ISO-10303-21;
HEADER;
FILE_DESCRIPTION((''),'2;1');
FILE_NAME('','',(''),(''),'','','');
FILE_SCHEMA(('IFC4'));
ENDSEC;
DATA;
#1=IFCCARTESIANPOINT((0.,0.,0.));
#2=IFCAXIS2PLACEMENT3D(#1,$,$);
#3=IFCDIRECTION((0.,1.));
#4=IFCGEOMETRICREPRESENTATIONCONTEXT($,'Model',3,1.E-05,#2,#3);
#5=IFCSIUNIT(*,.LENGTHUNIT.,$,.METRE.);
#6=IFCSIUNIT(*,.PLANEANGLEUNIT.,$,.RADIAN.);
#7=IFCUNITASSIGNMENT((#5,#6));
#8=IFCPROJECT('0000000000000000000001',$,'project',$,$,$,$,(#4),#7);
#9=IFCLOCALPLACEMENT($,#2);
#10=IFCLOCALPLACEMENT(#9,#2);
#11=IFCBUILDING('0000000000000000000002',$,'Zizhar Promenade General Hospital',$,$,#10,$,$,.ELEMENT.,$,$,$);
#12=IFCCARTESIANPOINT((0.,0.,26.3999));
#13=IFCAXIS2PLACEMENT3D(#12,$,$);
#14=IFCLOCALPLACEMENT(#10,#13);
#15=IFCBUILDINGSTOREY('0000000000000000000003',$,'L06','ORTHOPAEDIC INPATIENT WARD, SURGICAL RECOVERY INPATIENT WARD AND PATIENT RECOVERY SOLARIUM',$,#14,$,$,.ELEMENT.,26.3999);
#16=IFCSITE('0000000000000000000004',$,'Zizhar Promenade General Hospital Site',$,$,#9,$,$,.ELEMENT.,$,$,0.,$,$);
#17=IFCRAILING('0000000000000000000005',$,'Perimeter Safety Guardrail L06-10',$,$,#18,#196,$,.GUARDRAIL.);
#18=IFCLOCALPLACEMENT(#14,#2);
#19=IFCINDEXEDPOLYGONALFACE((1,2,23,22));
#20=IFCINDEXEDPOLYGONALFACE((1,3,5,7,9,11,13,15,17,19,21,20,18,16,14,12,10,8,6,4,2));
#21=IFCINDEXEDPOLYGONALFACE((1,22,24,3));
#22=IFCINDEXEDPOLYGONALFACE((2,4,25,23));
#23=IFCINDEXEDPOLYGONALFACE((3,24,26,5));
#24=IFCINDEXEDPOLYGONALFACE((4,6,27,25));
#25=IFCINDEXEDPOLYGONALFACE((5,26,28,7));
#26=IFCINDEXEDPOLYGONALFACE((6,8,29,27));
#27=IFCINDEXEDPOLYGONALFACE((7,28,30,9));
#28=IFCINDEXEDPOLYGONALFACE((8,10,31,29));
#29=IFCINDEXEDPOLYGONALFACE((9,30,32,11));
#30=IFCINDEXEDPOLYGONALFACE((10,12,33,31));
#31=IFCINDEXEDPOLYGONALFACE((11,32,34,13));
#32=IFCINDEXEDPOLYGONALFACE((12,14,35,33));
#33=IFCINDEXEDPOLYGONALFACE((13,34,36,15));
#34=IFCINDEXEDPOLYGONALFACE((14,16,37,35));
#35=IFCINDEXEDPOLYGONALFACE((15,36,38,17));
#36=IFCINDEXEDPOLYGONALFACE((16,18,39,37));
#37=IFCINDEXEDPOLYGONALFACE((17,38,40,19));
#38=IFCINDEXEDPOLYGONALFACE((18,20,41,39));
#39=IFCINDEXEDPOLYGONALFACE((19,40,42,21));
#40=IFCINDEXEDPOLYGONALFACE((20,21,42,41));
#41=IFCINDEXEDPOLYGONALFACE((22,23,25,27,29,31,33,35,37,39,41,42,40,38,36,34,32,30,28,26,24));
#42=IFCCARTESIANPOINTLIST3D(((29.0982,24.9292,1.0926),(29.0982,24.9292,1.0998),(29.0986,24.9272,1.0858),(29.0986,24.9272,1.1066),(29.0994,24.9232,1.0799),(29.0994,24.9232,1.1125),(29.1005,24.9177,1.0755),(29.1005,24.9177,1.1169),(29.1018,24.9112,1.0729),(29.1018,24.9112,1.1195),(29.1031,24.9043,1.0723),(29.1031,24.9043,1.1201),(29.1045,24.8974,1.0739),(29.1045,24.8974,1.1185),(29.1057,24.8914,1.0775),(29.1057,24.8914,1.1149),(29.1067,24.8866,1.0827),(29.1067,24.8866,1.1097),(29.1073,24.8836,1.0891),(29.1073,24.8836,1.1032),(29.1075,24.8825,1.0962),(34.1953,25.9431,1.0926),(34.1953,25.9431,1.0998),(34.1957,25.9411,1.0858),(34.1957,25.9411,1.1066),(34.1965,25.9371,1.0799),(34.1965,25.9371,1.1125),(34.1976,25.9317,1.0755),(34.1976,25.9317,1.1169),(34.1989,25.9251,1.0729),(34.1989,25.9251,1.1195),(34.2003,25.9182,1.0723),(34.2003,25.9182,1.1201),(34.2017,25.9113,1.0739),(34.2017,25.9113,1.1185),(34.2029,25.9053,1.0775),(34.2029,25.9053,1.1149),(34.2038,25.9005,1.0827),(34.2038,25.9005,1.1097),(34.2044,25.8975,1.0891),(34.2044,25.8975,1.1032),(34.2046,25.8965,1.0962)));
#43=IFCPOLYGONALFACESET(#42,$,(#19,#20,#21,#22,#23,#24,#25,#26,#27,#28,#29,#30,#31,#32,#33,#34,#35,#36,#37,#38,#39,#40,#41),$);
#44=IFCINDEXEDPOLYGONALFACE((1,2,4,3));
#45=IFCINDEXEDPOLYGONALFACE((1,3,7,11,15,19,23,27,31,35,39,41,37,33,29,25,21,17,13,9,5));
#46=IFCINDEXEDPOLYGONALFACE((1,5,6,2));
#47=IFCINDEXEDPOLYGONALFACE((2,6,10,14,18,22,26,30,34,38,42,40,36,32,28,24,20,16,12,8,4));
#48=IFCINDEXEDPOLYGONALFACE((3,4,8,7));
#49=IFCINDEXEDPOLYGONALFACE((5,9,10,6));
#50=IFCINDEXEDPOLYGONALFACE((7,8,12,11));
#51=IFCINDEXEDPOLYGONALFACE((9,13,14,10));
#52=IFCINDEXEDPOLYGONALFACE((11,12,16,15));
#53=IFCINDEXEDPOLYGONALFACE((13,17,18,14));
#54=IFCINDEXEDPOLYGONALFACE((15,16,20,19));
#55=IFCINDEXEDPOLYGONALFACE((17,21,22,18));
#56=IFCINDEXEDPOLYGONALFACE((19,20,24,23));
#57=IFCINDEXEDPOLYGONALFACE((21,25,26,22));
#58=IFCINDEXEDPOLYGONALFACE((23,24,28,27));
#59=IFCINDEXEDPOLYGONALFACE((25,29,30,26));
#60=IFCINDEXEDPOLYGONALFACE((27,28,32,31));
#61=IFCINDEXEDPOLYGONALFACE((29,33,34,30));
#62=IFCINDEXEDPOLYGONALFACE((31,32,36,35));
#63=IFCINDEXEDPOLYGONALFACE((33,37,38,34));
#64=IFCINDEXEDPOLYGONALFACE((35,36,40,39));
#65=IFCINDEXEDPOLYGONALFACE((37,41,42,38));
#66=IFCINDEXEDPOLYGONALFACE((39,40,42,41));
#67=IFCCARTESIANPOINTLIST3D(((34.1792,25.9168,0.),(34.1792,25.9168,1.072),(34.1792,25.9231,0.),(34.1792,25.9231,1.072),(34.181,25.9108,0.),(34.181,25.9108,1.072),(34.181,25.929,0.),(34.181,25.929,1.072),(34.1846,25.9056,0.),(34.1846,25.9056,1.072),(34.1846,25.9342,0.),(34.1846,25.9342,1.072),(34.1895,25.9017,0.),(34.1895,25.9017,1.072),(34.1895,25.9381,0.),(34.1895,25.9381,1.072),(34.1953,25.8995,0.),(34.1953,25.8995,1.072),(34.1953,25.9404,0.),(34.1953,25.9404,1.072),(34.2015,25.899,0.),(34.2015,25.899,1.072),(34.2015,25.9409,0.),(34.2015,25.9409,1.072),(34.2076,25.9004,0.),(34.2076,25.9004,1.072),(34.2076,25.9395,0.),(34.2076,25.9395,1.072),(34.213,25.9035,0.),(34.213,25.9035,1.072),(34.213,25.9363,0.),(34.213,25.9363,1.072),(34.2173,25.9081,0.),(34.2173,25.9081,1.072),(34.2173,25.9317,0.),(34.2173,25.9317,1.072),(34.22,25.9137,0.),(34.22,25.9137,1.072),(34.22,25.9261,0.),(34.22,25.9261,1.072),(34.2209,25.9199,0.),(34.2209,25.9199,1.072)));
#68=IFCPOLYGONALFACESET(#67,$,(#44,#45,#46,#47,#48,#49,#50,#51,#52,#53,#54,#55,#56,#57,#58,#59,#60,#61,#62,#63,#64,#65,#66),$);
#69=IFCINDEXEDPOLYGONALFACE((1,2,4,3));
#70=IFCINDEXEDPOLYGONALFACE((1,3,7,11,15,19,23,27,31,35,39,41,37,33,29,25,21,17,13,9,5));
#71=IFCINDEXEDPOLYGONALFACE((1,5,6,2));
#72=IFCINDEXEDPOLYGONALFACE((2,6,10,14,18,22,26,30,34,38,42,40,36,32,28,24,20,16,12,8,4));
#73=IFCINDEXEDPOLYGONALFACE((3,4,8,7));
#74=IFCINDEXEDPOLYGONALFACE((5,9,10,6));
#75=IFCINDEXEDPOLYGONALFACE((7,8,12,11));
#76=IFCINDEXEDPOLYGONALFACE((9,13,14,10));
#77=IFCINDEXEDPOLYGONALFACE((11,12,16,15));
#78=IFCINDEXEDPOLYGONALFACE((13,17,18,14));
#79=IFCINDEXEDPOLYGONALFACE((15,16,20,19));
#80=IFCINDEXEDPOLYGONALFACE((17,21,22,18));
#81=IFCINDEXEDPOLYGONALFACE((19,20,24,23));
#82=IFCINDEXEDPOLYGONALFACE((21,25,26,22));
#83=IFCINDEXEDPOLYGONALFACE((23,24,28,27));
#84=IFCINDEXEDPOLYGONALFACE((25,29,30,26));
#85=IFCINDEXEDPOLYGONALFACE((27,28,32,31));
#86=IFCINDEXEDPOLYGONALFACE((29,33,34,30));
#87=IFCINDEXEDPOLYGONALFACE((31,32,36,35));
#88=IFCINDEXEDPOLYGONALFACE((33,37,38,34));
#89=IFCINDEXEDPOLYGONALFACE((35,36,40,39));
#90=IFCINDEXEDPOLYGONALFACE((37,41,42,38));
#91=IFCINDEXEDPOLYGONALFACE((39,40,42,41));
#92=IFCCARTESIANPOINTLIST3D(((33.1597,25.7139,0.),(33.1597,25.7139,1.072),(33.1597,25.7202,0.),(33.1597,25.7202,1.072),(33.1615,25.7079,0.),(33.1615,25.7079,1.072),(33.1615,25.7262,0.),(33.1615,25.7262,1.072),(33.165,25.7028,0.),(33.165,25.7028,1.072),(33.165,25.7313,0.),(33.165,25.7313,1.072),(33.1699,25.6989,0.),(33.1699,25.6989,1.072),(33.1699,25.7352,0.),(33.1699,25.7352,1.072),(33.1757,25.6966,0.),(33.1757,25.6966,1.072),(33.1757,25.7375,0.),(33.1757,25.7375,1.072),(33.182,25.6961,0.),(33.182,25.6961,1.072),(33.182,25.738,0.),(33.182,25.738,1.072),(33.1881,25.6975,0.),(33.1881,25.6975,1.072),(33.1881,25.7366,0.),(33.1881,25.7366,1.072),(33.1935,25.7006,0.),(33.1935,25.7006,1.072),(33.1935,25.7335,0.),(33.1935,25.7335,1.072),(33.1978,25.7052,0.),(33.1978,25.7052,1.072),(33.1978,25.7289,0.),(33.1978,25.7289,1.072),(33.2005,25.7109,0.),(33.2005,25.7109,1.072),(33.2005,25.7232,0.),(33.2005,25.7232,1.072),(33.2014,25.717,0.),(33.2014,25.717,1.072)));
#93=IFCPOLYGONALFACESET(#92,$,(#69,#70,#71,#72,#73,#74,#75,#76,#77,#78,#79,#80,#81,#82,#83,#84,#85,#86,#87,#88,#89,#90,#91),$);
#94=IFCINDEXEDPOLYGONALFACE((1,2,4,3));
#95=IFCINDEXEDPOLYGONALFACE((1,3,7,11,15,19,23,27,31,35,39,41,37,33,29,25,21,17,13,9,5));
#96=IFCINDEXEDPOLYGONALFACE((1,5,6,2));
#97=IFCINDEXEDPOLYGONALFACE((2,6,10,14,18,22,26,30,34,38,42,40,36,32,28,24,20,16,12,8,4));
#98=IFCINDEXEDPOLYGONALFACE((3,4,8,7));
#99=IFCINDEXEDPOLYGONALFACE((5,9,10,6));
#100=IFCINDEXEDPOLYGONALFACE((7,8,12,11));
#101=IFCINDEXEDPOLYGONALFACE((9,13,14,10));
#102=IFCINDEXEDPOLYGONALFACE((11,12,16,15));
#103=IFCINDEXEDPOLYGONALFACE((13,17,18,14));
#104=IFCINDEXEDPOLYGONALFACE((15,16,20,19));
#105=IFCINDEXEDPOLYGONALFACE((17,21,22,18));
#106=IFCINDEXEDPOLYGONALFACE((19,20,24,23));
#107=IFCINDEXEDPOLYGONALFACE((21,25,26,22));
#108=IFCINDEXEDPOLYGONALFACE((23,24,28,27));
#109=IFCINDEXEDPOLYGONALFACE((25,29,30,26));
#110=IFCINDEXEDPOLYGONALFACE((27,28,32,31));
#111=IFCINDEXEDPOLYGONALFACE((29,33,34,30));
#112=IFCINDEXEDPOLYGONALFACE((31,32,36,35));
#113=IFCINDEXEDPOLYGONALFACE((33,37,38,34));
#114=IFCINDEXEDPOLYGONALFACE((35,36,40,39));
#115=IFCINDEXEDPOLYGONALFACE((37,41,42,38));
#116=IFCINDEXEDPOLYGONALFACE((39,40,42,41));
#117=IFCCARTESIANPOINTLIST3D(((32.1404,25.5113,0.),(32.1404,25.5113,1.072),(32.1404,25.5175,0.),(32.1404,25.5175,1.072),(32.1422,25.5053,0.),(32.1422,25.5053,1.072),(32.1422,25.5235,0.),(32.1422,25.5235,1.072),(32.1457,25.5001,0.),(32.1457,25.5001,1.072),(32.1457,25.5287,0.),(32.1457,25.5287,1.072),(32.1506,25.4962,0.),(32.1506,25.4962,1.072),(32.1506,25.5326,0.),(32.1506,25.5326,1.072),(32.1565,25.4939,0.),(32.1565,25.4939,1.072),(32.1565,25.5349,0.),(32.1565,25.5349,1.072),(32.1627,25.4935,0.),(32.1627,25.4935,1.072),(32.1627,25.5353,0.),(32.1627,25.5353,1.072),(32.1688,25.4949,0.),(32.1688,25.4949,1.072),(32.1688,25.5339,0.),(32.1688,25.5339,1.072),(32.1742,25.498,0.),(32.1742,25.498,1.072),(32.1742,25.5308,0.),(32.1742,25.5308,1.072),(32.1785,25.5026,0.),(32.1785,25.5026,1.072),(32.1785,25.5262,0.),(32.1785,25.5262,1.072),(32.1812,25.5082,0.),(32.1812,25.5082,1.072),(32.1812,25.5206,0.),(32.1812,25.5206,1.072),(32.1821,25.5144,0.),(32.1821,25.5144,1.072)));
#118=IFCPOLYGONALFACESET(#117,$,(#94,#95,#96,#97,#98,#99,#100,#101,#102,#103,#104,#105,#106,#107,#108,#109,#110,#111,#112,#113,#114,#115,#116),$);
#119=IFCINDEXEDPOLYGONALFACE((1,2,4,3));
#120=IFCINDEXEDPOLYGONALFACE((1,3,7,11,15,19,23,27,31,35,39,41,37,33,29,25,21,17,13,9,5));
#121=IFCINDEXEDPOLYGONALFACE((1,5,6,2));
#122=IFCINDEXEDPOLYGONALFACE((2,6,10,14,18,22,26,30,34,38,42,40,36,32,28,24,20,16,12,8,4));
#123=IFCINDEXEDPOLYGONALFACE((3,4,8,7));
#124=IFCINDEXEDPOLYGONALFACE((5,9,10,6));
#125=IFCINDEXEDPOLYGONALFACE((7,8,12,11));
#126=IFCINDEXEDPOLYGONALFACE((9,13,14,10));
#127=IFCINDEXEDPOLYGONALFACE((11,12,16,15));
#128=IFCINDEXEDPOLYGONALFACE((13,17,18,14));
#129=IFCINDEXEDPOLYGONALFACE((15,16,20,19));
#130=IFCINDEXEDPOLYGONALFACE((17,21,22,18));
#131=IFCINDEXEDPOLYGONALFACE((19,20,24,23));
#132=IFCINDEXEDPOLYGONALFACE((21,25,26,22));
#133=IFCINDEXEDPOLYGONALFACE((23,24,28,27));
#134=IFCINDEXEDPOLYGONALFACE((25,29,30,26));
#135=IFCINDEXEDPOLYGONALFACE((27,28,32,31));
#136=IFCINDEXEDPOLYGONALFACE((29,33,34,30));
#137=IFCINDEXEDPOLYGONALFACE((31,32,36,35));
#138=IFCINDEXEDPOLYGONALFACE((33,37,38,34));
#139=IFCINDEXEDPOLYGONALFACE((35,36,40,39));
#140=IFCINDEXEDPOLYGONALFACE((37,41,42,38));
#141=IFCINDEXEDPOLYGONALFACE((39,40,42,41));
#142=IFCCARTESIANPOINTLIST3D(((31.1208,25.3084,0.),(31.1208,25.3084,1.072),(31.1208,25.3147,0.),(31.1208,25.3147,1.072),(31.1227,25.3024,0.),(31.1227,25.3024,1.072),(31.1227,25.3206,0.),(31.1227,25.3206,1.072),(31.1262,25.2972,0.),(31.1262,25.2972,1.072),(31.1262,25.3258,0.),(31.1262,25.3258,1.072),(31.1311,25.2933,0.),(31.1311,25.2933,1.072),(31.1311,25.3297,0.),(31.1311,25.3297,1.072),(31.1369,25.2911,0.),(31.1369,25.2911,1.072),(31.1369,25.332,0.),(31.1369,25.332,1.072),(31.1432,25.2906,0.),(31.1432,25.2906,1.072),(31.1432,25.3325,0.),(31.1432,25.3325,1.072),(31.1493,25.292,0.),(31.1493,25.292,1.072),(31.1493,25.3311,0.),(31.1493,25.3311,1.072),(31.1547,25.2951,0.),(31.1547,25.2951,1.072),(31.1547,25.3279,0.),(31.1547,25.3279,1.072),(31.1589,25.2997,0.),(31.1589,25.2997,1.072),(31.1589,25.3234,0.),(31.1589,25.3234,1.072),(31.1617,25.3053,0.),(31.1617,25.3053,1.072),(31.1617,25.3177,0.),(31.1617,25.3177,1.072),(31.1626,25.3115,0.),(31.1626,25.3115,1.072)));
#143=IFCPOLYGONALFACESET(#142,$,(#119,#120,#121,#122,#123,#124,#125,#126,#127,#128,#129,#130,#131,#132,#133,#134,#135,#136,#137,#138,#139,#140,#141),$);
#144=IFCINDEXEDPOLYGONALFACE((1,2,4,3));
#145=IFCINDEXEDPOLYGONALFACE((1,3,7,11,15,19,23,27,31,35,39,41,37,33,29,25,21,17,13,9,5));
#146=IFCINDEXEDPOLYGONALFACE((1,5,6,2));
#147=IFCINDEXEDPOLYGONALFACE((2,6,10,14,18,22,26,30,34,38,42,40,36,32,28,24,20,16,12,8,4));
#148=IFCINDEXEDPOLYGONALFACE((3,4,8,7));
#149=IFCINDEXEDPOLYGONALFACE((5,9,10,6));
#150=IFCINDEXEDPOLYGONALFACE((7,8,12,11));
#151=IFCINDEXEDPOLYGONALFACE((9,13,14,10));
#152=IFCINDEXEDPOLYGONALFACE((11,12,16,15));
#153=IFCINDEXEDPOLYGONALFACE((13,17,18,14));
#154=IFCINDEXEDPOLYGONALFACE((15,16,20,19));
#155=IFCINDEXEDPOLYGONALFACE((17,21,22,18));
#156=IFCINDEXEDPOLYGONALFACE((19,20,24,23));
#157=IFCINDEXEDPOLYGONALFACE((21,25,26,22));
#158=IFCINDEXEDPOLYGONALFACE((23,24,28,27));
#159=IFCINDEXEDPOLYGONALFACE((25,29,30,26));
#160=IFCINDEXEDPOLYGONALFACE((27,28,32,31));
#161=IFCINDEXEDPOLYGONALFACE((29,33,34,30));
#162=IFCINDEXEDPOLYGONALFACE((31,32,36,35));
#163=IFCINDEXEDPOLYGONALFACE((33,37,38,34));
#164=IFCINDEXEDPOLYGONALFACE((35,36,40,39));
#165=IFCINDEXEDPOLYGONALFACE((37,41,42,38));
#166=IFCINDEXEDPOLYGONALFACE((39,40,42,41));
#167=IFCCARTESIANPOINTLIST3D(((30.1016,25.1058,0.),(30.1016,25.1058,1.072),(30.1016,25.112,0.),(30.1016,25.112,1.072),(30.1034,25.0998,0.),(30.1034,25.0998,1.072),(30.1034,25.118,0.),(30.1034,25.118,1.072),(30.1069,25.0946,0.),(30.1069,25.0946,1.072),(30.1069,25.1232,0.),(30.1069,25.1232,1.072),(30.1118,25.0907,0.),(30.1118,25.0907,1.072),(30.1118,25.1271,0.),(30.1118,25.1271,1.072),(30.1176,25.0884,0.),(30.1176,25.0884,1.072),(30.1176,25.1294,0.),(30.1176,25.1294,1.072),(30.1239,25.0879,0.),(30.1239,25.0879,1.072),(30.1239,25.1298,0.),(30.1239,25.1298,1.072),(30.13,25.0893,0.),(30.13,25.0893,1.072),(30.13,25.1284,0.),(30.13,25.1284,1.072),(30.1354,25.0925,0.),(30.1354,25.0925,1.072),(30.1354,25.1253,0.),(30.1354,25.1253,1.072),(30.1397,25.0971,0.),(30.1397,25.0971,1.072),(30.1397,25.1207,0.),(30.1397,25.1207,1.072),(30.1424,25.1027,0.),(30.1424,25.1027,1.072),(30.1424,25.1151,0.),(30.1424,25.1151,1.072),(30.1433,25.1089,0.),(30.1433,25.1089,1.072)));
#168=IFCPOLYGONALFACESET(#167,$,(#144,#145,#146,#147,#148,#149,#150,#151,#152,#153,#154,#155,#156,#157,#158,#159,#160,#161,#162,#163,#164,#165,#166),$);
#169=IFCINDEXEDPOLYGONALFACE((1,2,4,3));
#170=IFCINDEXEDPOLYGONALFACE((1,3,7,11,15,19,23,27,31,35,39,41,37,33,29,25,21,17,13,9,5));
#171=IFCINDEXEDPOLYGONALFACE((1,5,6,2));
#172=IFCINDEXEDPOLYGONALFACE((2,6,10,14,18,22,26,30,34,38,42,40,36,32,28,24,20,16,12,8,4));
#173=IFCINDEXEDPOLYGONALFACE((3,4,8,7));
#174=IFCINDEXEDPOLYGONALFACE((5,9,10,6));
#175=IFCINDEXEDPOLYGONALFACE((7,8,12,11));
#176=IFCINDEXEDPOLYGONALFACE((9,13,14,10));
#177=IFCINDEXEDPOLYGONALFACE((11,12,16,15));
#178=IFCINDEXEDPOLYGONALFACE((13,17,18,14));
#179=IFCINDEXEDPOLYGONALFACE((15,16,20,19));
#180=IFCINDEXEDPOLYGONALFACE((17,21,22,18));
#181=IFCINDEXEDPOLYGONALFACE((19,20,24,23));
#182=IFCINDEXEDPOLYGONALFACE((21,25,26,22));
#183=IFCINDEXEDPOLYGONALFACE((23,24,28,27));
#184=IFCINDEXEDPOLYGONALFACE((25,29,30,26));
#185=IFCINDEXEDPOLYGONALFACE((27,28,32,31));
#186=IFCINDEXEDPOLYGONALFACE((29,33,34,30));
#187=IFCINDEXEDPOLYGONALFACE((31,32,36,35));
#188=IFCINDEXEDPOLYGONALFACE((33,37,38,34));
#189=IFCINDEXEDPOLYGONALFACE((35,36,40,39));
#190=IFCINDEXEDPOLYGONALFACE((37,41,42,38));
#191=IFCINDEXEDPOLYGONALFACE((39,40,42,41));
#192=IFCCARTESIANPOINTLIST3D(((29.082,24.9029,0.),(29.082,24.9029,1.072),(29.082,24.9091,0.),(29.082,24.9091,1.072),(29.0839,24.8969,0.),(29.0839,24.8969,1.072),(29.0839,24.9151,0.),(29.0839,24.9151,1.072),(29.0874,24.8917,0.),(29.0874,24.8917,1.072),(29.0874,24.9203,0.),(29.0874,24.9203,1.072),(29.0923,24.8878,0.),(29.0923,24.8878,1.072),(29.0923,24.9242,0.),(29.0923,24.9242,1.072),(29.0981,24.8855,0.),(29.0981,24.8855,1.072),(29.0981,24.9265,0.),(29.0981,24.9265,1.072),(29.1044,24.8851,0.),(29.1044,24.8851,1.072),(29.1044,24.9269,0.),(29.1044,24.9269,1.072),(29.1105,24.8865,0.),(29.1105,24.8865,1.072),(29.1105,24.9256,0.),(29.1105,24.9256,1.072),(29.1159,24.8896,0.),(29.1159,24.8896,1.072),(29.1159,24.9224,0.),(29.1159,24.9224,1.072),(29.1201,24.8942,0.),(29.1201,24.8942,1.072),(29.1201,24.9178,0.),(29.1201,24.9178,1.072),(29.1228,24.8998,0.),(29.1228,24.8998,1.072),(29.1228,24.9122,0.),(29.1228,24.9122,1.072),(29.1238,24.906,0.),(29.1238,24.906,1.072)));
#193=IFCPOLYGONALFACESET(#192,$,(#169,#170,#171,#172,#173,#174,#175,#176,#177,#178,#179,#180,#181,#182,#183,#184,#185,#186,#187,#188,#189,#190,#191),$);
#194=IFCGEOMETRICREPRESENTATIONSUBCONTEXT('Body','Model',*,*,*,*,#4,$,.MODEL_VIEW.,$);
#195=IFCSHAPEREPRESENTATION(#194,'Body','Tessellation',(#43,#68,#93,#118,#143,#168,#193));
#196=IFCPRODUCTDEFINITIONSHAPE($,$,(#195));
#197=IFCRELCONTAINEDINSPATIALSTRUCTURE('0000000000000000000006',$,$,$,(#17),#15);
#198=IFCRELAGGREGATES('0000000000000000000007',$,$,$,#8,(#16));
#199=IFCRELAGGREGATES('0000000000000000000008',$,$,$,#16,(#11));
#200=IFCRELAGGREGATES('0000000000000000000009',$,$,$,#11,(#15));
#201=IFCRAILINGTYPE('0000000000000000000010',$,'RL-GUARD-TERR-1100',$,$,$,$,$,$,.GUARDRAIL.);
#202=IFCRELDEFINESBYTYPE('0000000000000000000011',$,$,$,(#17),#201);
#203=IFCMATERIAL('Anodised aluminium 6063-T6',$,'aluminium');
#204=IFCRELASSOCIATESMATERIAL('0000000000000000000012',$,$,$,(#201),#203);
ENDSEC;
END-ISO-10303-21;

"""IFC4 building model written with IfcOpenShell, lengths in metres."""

from ifc_helpers import new_model, si_unit, direction, frame, origin, origin_2d, place, context, subcontext, project, spatial, circle, hollow_circle, extrude, material, material_profile, profile_set, type_object, element, save


model = new_model("IFC4")

# Units and contexts
model_context = context("Model", 3, precision=1e-05, world=origin(), true_north=direction((0.0, 1.0)))
body_context = subcontext(model_context, "Body", "Model", "MODEL_VIEW")
ifc_project = project(units=[si_unit("LENGTHUNIT", "METRE"), si_unit("PLANEANGLEUNIT", "RADIAN")], contexts=[model_context])

# Site, building, storey
site_placement = place(None, origin())
site = spatial("IfcSite", under=ifc_project, at=site_placement, Name="Zizhar Promenade General Hospital Site", CompositionType="ELEMENT", RefElevation=0.0)
building_placement = place(site_placement, origin())
building = spatial("IfcBuilding", under=site, at=building_placement, Name="Zizhar Promenade General Hospital", CompositionType="ELEMENT")
storey_placement = place(building_placement, frame((0.0, 0.0, 26.3999)))
storey = spatial("IfcBuildingStorey", under=building, at=storey_placement, Name="L06", Description="ORTHOPAEDIC INPATIENT WARD, SURGICAL RECOVERY INPATIENT WARD AND PATIENT RECOVERY SOLARIUM", CompositionType="ELEMENT", Elevation=26.3999)

# Railing
ifc_material_1 = material(Name="Anodised aluminium 6063-T6", Category="aluminium")
ifc_material_profile_1 = material_profile(ifc_material_1, hollow_circle(Radius=0.0698, WallThickness=0.0063, at=origin_2d()))
ifc_profile_set_1 = profile_set([ifc_material_profile_1], Name="Anodised aluminium 6063-T6")
railing_type = type_object("IfcRailingType", Name="RL-GUARD-TERR-1100", PredefinedType="GUARDRAIL", material=ifc_profile_set_1)
railing_1_placement = place(storey_placement, frame((34.2, 25.9199, 0.0)))
element("IfcRailing", 1, at=railing_1_placement, inside=storey, type_object=railing_type, Name="Perimeter Safety Guardrail L06-10", PredefinedType="GUARDRAIL", context=body_context, shape_type="SweptSolid", body=[
    extrude(circle(Radius=0.0239, at=origin_2d()), frame((0.0, 0.0, 1.0962), z_axis=(-0.980784, -0.195095, 0.0), x_axis=(0.195095, -0.980784, 0.0)), (0.0, 0.0, 1.0), 5.197),
    extrude(circle(Radius=0.021, at=origin_2d()), origin(), (0.0, 0.0, 1.0), 1.072),
    extrude(circle(Radius=0.021, at=origin_2d()), frame((-1.0195, -0.2029, 0.0)), (0.0, 0.0, 1.0), 1.072),
    extrude(circle(Radius=0.021, at=origin_2d()), frame((-2.0388, -0.4055, 0.0)), (0.0, 0.0, 1.0), 1.072),
    extrude(circle(Radius=0.021, at=origin_2d()), frame((-3.0583, -0.6084, 0.0)), (0.0, 0.0, 1.0), 1.072),
    extrude(circle(Radius=0.021, at=origin_2d()), frame((-4.0776, -0.811, 0.0)), (0.0, 0.0, 1.0), 1.072),
    extrude(circle(Radius=0.021, at=origin_2d()), frame((-5.0972, -1.0139, 0.0)), (0.0, 0.0, 1.0), 1.072),
])

save(model, "model.ifc")
